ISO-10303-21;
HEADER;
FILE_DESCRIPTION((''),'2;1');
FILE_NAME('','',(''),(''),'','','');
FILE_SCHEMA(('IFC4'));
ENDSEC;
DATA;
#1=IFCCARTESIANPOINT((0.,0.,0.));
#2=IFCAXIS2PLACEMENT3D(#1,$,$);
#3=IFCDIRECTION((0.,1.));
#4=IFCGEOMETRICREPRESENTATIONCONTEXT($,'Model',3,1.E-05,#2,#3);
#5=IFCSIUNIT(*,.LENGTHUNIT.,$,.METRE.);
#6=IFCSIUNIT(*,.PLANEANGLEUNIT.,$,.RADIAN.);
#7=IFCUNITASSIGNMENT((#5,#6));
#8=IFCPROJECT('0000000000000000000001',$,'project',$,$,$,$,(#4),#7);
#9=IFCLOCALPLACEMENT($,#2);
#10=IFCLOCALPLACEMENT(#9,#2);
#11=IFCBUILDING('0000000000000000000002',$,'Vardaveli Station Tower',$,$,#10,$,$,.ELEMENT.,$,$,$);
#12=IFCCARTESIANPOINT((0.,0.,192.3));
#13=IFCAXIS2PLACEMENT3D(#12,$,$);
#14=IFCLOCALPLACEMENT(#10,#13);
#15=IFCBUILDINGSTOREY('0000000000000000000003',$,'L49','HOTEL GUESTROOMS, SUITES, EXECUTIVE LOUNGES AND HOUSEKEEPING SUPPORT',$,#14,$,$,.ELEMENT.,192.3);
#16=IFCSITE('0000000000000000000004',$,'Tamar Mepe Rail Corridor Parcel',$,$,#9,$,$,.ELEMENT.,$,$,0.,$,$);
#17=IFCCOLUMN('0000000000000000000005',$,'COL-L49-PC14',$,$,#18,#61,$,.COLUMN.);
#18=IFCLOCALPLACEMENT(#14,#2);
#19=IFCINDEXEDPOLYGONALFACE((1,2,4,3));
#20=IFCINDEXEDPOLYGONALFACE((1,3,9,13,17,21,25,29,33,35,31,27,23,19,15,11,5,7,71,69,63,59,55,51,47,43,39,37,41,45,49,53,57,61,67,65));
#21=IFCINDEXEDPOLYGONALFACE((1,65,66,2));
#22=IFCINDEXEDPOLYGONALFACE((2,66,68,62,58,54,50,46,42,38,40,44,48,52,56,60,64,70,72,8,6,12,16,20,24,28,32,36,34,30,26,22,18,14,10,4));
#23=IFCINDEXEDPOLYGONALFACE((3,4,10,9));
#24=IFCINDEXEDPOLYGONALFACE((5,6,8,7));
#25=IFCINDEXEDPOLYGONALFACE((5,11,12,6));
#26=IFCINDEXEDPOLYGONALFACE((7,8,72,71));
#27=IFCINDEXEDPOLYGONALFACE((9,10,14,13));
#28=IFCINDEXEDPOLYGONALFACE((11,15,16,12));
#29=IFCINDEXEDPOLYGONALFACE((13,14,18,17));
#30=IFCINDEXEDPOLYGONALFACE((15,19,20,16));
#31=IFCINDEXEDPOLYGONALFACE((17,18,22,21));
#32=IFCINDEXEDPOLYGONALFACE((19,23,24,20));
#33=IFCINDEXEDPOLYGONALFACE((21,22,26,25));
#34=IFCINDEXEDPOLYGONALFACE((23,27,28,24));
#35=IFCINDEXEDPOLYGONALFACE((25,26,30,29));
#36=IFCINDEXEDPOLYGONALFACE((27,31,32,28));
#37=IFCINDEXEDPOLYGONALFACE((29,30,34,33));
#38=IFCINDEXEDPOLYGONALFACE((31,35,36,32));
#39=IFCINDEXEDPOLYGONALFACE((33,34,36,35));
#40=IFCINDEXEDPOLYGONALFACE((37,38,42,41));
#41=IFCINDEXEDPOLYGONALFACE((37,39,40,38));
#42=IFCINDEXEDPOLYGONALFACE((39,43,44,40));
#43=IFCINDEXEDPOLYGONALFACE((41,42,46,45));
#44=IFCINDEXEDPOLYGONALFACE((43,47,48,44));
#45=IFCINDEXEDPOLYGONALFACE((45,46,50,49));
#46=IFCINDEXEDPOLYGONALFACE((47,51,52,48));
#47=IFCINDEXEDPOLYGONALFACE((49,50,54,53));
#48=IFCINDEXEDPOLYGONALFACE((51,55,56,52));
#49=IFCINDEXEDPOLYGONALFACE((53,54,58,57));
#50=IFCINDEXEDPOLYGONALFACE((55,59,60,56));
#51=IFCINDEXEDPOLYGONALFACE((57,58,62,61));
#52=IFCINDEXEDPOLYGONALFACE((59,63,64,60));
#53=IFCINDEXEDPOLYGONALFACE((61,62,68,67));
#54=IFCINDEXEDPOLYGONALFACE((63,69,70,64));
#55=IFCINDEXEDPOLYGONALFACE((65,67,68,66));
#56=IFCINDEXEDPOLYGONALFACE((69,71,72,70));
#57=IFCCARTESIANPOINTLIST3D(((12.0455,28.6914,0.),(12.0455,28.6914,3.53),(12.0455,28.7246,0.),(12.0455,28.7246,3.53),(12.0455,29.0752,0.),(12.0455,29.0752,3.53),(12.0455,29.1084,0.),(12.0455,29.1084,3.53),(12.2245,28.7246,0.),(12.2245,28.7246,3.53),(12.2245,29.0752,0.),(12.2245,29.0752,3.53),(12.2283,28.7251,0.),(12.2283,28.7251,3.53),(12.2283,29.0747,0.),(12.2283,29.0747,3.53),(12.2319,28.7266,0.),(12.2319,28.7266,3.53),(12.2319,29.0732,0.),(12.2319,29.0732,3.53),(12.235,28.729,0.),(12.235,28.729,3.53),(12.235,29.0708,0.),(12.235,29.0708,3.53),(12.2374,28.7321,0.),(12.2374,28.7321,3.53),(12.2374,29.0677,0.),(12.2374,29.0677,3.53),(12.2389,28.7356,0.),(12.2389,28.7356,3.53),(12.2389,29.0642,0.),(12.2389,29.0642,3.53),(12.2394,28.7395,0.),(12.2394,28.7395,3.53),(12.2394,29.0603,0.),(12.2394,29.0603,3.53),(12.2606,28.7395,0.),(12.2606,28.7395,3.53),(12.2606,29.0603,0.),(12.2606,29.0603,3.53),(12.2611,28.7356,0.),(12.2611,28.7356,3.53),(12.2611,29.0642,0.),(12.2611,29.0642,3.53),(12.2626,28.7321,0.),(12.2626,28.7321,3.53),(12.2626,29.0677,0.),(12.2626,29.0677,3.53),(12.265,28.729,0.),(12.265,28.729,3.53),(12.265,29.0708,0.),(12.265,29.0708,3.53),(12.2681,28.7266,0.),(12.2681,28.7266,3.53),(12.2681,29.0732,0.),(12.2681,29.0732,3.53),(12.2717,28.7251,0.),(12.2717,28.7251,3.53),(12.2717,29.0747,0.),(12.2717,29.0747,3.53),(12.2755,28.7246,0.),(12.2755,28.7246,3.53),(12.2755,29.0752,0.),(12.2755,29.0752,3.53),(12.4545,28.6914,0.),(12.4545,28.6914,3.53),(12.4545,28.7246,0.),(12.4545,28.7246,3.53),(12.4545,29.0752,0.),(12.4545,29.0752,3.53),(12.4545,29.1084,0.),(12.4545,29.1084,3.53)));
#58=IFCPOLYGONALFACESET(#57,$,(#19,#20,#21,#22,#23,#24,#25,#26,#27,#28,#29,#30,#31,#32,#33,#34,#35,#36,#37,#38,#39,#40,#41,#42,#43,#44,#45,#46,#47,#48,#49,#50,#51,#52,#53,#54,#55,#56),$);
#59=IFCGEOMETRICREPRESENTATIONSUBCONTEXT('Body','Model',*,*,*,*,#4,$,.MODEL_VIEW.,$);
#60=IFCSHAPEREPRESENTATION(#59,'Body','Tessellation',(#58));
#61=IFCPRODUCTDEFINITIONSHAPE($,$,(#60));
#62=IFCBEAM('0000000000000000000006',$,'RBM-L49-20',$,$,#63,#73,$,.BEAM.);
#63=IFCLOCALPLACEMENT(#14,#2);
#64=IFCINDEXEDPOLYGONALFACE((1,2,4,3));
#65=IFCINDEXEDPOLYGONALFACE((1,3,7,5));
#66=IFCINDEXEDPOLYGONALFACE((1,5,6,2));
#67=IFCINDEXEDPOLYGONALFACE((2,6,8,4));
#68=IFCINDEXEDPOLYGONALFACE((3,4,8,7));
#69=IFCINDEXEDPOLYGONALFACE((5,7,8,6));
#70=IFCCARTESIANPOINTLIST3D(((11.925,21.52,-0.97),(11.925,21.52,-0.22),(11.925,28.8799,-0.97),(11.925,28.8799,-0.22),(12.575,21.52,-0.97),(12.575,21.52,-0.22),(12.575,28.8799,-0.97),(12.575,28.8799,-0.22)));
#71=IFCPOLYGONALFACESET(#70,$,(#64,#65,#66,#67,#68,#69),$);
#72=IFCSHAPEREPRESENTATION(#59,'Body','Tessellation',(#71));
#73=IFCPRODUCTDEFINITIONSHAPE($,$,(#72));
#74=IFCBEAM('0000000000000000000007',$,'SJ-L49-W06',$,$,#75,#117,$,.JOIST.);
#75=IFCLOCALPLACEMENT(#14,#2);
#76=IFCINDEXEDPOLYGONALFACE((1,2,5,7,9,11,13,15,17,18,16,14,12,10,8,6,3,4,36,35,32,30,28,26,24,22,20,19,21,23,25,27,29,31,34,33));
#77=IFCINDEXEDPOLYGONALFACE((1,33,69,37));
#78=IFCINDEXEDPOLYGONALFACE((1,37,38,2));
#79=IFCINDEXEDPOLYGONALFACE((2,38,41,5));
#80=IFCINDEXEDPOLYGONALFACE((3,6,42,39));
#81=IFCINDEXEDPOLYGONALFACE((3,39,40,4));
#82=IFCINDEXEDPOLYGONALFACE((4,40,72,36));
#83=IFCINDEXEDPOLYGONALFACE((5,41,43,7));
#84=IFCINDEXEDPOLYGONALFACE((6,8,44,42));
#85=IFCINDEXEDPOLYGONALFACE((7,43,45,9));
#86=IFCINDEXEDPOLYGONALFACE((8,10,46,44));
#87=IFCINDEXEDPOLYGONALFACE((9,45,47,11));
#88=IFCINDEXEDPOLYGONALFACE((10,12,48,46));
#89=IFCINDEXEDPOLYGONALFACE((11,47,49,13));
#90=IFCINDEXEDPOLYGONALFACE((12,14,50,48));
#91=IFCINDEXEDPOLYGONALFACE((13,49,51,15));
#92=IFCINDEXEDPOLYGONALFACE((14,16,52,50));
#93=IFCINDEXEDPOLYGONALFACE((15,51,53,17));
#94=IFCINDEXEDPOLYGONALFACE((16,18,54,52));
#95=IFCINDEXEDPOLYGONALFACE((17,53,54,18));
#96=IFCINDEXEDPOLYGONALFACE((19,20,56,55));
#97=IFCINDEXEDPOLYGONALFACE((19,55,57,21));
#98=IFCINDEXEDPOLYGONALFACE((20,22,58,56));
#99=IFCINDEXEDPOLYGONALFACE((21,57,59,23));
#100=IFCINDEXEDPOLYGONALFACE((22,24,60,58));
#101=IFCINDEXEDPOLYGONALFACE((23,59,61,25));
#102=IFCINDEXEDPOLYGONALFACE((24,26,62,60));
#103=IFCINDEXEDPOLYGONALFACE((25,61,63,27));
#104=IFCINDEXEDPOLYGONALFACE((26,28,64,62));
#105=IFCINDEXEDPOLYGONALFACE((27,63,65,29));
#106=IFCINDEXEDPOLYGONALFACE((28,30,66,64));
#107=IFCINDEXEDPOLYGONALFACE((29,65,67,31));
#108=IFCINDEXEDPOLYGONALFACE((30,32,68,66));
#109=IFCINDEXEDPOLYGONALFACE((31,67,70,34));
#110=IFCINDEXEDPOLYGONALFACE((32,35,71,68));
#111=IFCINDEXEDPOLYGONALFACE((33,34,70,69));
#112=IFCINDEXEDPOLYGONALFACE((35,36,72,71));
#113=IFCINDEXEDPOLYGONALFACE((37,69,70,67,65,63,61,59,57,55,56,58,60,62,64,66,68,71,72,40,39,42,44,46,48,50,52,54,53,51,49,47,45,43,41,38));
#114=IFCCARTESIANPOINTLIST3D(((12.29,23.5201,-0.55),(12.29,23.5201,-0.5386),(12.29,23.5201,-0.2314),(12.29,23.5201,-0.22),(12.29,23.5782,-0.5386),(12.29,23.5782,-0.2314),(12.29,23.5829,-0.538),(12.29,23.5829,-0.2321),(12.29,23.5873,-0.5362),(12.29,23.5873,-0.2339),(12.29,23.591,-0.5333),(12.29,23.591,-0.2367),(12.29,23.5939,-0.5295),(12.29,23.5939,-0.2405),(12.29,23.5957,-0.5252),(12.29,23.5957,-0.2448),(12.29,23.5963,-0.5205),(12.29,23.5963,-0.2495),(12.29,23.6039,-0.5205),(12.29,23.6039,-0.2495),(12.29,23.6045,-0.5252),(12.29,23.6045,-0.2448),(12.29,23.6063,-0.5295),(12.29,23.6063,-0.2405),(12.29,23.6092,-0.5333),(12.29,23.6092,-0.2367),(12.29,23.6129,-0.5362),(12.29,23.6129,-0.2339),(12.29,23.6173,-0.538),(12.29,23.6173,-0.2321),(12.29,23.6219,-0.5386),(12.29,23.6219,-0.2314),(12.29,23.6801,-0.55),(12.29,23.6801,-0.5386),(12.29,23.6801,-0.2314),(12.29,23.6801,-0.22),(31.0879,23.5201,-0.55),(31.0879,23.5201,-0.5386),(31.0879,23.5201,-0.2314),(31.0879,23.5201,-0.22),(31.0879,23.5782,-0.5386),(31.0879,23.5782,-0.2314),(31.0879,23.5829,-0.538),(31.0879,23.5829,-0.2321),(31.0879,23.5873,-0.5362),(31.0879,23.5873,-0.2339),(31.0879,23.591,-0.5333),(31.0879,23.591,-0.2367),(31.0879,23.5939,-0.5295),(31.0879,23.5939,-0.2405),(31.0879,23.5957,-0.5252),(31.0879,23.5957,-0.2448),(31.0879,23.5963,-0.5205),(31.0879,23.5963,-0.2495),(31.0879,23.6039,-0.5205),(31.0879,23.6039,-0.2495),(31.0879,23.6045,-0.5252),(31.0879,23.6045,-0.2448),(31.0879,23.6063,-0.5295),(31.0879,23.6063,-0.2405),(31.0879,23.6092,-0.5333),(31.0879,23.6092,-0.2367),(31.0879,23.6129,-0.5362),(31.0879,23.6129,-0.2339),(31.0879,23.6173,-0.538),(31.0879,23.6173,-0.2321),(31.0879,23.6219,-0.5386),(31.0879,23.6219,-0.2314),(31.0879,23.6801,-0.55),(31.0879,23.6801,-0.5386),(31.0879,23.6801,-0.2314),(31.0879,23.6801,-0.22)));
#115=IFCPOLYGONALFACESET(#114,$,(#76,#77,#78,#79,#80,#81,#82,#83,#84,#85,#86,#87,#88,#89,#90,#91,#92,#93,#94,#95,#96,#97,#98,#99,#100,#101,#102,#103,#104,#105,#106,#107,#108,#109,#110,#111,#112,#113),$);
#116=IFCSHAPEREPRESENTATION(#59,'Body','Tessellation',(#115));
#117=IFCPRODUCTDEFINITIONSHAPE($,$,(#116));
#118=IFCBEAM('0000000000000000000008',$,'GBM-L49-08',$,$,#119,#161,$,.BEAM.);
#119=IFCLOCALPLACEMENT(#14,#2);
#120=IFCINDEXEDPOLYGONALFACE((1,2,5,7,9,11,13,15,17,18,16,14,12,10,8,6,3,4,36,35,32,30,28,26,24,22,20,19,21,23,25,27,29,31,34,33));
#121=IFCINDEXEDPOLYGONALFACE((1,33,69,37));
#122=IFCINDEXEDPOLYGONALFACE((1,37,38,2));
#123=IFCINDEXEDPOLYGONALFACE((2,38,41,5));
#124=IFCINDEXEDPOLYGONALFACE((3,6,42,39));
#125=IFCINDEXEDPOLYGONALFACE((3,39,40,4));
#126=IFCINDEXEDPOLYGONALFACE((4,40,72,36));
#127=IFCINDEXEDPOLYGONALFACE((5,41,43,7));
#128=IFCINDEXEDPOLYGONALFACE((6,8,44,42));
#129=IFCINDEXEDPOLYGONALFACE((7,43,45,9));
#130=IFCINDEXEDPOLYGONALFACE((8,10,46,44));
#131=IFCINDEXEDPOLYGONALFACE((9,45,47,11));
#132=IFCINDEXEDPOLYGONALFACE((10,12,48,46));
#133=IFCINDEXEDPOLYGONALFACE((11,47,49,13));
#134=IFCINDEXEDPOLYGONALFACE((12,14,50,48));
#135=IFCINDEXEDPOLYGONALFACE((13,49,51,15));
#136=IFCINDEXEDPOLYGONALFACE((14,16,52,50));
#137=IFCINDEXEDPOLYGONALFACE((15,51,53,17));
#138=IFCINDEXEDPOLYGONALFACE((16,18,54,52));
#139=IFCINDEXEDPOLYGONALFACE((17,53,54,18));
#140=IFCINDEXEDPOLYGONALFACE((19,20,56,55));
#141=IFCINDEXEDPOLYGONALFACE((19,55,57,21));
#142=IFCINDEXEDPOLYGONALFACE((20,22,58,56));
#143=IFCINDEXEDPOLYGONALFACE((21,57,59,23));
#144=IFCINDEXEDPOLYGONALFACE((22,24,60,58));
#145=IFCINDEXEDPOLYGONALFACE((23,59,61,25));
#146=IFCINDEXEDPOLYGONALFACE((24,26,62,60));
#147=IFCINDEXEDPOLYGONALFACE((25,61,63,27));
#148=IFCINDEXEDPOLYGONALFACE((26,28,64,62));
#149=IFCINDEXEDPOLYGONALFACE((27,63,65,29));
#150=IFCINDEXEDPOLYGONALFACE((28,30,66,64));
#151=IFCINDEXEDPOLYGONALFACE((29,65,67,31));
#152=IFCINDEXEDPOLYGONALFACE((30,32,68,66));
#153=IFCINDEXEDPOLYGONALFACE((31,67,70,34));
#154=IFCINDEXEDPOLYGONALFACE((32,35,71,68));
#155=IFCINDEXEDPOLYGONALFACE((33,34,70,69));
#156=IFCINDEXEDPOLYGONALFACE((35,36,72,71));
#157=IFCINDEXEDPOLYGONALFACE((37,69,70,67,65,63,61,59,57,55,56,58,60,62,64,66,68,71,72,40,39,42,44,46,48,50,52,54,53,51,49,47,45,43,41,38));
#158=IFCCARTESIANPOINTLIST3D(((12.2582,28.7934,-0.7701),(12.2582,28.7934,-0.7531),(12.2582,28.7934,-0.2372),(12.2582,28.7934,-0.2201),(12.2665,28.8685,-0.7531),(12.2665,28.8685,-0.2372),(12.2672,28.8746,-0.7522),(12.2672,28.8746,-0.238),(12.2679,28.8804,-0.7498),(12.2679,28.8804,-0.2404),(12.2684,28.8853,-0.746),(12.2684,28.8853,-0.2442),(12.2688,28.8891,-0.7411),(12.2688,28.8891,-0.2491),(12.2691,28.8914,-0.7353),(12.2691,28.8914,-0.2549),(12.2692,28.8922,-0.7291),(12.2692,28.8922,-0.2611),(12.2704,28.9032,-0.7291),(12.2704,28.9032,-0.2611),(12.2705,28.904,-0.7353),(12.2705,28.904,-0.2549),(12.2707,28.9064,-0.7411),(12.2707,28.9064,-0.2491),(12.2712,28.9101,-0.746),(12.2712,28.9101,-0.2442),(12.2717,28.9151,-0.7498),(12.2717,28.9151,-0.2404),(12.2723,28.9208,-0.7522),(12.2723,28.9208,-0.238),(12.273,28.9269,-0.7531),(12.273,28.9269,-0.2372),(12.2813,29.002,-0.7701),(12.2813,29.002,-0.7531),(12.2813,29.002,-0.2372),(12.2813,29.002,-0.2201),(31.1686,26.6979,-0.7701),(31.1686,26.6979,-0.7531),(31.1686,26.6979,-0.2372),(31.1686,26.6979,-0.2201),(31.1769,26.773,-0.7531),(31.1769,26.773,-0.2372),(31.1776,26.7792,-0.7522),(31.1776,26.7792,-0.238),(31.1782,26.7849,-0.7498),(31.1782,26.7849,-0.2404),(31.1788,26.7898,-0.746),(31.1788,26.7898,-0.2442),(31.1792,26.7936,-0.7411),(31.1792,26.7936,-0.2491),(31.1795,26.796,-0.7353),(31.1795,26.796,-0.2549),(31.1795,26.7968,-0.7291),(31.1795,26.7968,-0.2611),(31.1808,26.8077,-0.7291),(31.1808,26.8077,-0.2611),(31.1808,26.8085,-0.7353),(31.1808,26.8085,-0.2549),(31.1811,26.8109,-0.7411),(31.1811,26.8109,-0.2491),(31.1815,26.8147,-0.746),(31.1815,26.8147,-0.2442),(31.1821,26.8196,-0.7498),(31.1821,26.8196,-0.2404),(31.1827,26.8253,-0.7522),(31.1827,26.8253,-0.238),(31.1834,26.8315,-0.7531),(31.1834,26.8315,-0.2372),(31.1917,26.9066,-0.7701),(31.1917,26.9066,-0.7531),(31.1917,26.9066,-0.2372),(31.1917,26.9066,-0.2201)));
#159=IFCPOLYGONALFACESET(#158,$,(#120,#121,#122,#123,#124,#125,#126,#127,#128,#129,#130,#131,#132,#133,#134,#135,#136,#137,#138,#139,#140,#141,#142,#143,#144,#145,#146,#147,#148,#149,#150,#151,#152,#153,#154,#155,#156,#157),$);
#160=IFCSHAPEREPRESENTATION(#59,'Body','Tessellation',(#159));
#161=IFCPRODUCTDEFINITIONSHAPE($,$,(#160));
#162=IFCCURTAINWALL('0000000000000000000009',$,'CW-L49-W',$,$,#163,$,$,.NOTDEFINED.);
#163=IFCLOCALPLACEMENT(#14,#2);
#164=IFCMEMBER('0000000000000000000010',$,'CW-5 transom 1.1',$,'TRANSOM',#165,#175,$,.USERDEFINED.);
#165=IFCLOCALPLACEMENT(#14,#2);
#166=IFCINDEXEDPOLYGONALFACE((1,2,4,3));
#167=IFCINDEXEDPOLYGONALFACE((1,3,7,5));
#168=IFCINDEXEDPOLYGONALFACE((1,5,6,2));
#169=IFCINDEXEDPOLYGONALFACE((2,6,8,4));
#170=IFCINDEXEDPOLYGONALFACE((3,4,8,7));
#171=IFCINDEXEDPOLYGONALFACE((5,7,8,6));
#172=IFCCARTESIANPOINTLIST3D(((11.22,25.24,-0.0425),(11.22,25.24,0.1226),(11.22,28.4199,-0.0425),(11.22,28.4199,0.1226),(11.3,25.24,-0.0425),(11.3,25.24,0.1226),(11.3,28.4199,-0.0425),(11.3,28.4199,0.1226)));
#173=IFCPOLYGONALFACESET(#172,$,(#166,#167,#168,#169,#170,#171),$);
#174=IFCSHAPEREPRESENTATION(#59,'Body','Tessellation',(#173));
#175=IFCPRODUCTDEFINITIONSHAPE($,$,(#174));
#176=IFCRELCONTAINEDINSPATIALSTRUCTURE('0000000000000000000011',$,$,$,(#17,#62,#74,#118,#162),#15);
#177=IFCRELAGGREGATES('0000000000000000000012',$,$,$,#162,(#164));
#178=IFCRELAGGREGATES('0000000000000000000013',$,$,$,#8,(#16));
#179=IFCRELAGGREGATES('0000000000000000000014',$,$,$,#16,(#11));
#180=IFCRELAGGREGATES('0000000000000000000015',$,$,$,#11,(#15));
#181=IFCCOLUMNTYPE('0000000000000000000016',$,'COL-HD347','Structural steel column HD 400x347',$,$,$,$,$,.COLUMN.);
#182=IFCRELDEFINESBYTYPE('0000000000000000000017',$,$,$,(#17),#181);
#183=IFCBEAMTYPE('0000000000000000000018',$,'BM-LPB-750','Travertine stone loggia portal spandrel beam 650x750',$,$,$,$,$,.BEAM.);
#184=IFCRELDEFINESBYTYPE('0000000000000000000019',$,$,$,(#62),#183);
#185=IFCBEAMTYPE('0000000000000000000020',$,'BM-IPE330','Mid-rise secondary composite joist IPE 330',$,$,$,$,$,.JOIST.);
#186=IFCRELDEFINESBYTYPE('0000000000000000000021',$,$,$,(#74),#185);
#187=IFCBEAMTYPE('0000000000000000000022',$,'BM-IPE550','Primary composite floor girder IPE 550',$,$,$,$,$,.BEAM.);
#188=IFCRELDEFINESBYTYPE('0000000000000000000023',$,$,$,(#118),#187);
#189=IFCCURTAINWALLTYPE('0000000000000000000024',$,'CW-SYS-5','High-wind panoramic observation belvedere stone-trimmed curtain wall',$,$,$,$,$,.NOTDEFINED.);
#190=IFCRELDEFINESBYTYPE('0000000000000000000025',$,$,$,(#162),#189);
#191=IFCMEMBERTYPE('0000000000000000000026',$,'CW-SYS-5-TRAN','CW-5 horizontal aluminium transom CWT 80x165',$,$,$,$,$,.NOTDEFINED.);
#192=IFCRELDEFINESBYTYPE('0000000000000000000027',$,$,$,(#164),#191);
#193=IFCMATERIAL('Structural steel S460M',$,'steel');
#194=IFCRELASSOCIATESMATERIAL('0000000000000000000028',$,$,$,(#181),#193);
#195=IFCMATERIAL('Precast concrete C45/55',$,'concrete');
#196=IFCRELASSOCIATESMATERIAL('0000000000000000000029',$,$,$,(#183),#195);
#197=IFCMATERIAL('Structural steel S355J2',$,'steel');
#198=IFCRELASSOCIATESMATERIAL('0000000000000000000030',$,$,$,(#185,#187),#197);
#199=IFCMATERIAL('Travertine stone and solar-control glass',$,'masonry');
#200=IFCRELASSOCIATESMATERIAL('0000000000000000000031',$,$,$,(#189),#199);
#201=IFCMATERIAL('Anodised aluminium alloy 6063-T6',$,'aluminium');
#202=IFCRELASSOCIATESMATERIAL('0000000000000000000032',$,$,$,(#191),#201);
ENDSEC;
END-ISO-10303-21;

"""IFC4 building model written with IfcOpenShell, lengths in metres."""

from ifc_helpers import new_model, si_unit, direction, frame, origin, origin_2d, place, context, subcontext, project, spatial, rectangle, i_section, extrude, source, transform, mapped, material, material_profile, profile_set, type_object, element, aggregate, save


model = new_model("IFC4")

# Units and contexts
model_context = context("Model", 3, precision=1e-05, world=origin(), true_north=direction((0.0, 1.0)))
body_context = subcontext(model_context, "Body", "Model", "MODEL_VIEW")
ifc_project = project(units=[si_unit("LENGTHUNIT", "METRE"), si_unit("PLANEANGLEUNIT", "RADIAN")], contexts=[model_context])

# Site, building, storey
site_placement = place(None, origin())
site = spatial("IfcSite", under=ifc_project, at=site_placement, Name="Tamar Mepe Rail Corridor Parcel", CompositionType="ELEMENT", RefElevation=0.0)
building_placement = place(site_placement, origin())
building = spatial("IfcBuilding", under=site, at=building_placement, Name="Vardaveli Station Tower", CompositionType="ELEMENT")
storey_placement = place(building_placement, frame((0.0, 0.0, 192.3)))
storey = spatial("IfcBuildingStorey", under=building, at=storey_placement, Name="L49", Description="HOTEL GUESTROOMS, SUITES, EXECUTIVE LOUNGES AND HOUSEKEEPING SUPPORT", CompositionType="ELEMENT", Elevation=192.3)

# Column
ifc_material_1 = material(Name="Structural steel S460M", Category="steel")
ifc_material_profile_1 = material_profile(ifc_material_1, i_section(OverallWidth=0.4089, OverallDepth=0.417, WebThickness=0.0212, FlangeThickness=0.0332, FilletRadius=0.0149, at=origin_2d()), Name="HD 400x347")
ifc_profile_set_1 = profile_set([ifc_material_profile_1], Name="Structural steel S460M")
column_type = type_object("IfcColumnType", Name="COL-HD347", Description="Structural steel column HD 400x347", PredefinedType="COLUMN", material=ifc_profile_set_1)
shared_shape_1 = source(origin(), body_context, "Body", "SweptSolid", [
    extrude(i_section(OverallWidth=0.4089, OverallDepth=0.417, WebThickness=0.0212, FlangeThickness=0.0332, FilletRadius=0.0149, at=origin_2d()), origin(), (0.0, 0.0, 1.0), 3.53),
])
column_placement = place(storey_placement, frame((12.25, 28.8999, 0.0), z_axis=(0.0, 0.0, 1.0), x_axis=(1.0, 0.0, 0.0)))
element("IfcColumn", 1, at=column_placement, inside=storey, type_object=column_type, Name="COL-L49-PC14", PredefinedType="COLUMN", context=body_context, shape_type="MappedRepresentation", body=[
    mapped(shared_shape_1, transform((0.0, 0.0, 0.0), scale=1.0)),
])

# Beams
ifc_material_2 = material(Name="Precast concrete C45/55", Category="concrete")
ifc_material_profile_2 = material_profile(ifc_material_2, rectangle(XDim=0.6499, YDim=0.75, at=origin_2d()), Name="LPB 650x750")
ifc_profile_set_2 = profile_set([ifc_material_profile_2], Name="Precast concrete C45/55")
beam_type_1 = type_object("IfcBeamType", Name="BM-LPB-750", Description="Travertine stone loggia portal spandrel beam 650x750", PredefinedType="BEAM", material=ifc_profile_set_2)
shared_shape_2 = source(origin(), body_context, "Body", "SweptSolid", [
    extrude(rectangle(XDim=0.6499, YDim=0.75, at=origin_2d()), origin(), (0.0, 0.0, 1.0), 7.3599),
])
beam_1_placement = place(storey_placement, frame((12.25, 28.8799, -0.595), z_axis=(0.0, -1.0, 0.0), x_axis=(1.0, 0.0, 0.0)))
element("IfcBeam", 2, at=beam_1_placement, inside=storey, type_object=beam_type_1, Name="RBM-L49-20", PredefinedType="BEAM", context=body_context, shape_type="MappedRepresentation", body=[
    mapped(shared_shape_2, transform((0.0, 0.0, 0.0), scale=1.0)),
])
ifc_material_3 = material(Name="Structural steel S355J2", Category="steel")
ifc_material_profile_3 = material_profile(ifc_material_3, i_section(OverallWidth=0.1599, OverallDepth=0.3301, WebThickness=0.0076, FlangeThickness=0.0115, FilletRadius=0.0181, at=origin_2d()), Name="IPE 330")
ifc_profile_set_3 = profile_set([ifc_material_profile_3], Name="Structural steel S355J2")
beam_type_2 = type_object("IfcBeamType", Name="BM-IPE330", Description="Mid-rise secondary composite joist IPE 330", PredefinedType="JOIST", material=ifc_profile_set_3)
shared_shape_3 = source(origin(), body_context, "Body", "SweptSolid", [
    extrude(i_section(OverallWidth=0.1599, OverallDepth=0.3301, WebThickness=0.0076, FlangeThickness=0.0115, FilletRadius=0.0181, at=origin_2d()), origin(), (0.0, 0.0, 1.0), 18.7979),
])
beam_2_placement = place(storey_placement, frame((12.29, 23.6001, -0.385), z_axis=(1.0, 0.0, 0.0), x_axis=(0.0, 1.0, 0.0)))
element("IfcBeam", 3, at=beam_2_placement, inside=storey, type_object=beam_type_2, Name="SJ-L49-W06", PredefinedType="JOIST", context=body_context, shape_type="MappedRepresentation", body=[
    mapped(shared_shape_3, transform((0.0, 0.0, 0.0), scale=1.0)),
])
ifc_material_profile_4 = material_profile(ifc_material_3, i_section(OverallWidth=0.21, OverallDepth=0.55, WebThickness=0.011, FlangeThickness=0.0171, FilletRadius=0.0239, at=origin_2d()), Name="IPE 550")
ifc_profile_set_4 = profile_set([ifc_material_profile_4], Name="Structural steel S355J2")
beam_type_3 = type_object("IfcBeamType", Name="BM-IPE550", Description="Primary composite floor girder IPE 550", PredefinedType="BEAM", material=ifc_profile_set_4)
shared_shape_4 = source(origin(), body_context, "Body", "SweptSolid", [
    extrude(i_section(OverallWidth=0.21, OverallDepth=0.55, WebThickness=0.011, FlangeThickness=0.0171, FilletRadius=0.0239, at=origin_2d()), origin(), (0.0, 0.0, 1.0), 19.0261),
])
beam_3_placement = place(storey_placement, frame((12.2698, 28.8977, -0.4951), z_axis=(0.993917, -0.110136, 0.0), x_axis=(0.110136, 0.993917, 0.0)))
element("IfcBeam", 4, at=beam_3_placement, inside=storey, type_object=beam_type_3, Name="GBM-L49-08", PredefinedType="BEAM", context=body_context, shape_type="MappedRepresentation", body=[
    mapped(shared_shape_4, transform((0.0, 0.0, 0.0), scale=1.0)),
])

# Curtain wall, member
ifc_material_4 = material(Name="Travertine stone and solar-control glass", Category="masonry")
curtain_wall_type = type_object("IfcCurtainWallType", Name="CW-SYS-5", Description="High-wind panoramic observation belvedere stone-trimmed curtain wall", PredefinedType="NOTDEFINED", material=ifc_material_4)
curtain_wall_placement = place(storey_placement, origin())
curtain_wall = element("IfcCurtainWall", 5, at=curtain_wall_placement, inside=storey, type_object=curtain_wall_type, Name="CW-L49-W", PredefinedType="NOTDEFINED")
ifc_material_5 = material(Name="Anodised aluminium alloy 6063-T6", Category="aluminium")
ifc_material_profile_5 = material_profile(ifc_material_5, rectangle(XDim=0.0801, YDim=0.165, at=origin_2d()), Name="CWT 80x165")
ifc_profile_set_5 = profile_set([ifc_material_profile_5], Name="Anodised aluminium alloy 6063-T6")
member_type_1 = type_object("IfcMemberType", Name="CW-SYS-5-TRAN", Description="CW-5 horizontal aluminium transom CWT 80x165", PredefinedType="NOTDEFINED", material=ifc_profile_set_5)
shared_shape_5 = source(origin(), body_context, "Body", "SweptSolid", [
    extrude(rectangle(XDim=0.0801, YDim=0.165, at=origin_2d()), origin(), (0.0, 0.0, 1.0), 3.1799),
])
member_1_placement = place(storey_placement, frame((11.26, 28.4199, 0.04), z_axis=(0.0, -1.0, 0.0), x_axis=(1.0, 0.0, 0.0)))
member_1 = element("IfcMember", 6, at=member_1_placement, type_object=member_type_1, Name="CW-5 transom 1.1", ObjectType="TRANSOM", PredefinedType="USERDEFINED", context=body_context, shape_type="MappedRepresentation", body=[
    mapped(shared_shape_5, transform((0.0, 0.0, 0.0), scale=1.0)),
])
aggregate(curtain_wall, [member_1])

save(model, "model.ifc")
